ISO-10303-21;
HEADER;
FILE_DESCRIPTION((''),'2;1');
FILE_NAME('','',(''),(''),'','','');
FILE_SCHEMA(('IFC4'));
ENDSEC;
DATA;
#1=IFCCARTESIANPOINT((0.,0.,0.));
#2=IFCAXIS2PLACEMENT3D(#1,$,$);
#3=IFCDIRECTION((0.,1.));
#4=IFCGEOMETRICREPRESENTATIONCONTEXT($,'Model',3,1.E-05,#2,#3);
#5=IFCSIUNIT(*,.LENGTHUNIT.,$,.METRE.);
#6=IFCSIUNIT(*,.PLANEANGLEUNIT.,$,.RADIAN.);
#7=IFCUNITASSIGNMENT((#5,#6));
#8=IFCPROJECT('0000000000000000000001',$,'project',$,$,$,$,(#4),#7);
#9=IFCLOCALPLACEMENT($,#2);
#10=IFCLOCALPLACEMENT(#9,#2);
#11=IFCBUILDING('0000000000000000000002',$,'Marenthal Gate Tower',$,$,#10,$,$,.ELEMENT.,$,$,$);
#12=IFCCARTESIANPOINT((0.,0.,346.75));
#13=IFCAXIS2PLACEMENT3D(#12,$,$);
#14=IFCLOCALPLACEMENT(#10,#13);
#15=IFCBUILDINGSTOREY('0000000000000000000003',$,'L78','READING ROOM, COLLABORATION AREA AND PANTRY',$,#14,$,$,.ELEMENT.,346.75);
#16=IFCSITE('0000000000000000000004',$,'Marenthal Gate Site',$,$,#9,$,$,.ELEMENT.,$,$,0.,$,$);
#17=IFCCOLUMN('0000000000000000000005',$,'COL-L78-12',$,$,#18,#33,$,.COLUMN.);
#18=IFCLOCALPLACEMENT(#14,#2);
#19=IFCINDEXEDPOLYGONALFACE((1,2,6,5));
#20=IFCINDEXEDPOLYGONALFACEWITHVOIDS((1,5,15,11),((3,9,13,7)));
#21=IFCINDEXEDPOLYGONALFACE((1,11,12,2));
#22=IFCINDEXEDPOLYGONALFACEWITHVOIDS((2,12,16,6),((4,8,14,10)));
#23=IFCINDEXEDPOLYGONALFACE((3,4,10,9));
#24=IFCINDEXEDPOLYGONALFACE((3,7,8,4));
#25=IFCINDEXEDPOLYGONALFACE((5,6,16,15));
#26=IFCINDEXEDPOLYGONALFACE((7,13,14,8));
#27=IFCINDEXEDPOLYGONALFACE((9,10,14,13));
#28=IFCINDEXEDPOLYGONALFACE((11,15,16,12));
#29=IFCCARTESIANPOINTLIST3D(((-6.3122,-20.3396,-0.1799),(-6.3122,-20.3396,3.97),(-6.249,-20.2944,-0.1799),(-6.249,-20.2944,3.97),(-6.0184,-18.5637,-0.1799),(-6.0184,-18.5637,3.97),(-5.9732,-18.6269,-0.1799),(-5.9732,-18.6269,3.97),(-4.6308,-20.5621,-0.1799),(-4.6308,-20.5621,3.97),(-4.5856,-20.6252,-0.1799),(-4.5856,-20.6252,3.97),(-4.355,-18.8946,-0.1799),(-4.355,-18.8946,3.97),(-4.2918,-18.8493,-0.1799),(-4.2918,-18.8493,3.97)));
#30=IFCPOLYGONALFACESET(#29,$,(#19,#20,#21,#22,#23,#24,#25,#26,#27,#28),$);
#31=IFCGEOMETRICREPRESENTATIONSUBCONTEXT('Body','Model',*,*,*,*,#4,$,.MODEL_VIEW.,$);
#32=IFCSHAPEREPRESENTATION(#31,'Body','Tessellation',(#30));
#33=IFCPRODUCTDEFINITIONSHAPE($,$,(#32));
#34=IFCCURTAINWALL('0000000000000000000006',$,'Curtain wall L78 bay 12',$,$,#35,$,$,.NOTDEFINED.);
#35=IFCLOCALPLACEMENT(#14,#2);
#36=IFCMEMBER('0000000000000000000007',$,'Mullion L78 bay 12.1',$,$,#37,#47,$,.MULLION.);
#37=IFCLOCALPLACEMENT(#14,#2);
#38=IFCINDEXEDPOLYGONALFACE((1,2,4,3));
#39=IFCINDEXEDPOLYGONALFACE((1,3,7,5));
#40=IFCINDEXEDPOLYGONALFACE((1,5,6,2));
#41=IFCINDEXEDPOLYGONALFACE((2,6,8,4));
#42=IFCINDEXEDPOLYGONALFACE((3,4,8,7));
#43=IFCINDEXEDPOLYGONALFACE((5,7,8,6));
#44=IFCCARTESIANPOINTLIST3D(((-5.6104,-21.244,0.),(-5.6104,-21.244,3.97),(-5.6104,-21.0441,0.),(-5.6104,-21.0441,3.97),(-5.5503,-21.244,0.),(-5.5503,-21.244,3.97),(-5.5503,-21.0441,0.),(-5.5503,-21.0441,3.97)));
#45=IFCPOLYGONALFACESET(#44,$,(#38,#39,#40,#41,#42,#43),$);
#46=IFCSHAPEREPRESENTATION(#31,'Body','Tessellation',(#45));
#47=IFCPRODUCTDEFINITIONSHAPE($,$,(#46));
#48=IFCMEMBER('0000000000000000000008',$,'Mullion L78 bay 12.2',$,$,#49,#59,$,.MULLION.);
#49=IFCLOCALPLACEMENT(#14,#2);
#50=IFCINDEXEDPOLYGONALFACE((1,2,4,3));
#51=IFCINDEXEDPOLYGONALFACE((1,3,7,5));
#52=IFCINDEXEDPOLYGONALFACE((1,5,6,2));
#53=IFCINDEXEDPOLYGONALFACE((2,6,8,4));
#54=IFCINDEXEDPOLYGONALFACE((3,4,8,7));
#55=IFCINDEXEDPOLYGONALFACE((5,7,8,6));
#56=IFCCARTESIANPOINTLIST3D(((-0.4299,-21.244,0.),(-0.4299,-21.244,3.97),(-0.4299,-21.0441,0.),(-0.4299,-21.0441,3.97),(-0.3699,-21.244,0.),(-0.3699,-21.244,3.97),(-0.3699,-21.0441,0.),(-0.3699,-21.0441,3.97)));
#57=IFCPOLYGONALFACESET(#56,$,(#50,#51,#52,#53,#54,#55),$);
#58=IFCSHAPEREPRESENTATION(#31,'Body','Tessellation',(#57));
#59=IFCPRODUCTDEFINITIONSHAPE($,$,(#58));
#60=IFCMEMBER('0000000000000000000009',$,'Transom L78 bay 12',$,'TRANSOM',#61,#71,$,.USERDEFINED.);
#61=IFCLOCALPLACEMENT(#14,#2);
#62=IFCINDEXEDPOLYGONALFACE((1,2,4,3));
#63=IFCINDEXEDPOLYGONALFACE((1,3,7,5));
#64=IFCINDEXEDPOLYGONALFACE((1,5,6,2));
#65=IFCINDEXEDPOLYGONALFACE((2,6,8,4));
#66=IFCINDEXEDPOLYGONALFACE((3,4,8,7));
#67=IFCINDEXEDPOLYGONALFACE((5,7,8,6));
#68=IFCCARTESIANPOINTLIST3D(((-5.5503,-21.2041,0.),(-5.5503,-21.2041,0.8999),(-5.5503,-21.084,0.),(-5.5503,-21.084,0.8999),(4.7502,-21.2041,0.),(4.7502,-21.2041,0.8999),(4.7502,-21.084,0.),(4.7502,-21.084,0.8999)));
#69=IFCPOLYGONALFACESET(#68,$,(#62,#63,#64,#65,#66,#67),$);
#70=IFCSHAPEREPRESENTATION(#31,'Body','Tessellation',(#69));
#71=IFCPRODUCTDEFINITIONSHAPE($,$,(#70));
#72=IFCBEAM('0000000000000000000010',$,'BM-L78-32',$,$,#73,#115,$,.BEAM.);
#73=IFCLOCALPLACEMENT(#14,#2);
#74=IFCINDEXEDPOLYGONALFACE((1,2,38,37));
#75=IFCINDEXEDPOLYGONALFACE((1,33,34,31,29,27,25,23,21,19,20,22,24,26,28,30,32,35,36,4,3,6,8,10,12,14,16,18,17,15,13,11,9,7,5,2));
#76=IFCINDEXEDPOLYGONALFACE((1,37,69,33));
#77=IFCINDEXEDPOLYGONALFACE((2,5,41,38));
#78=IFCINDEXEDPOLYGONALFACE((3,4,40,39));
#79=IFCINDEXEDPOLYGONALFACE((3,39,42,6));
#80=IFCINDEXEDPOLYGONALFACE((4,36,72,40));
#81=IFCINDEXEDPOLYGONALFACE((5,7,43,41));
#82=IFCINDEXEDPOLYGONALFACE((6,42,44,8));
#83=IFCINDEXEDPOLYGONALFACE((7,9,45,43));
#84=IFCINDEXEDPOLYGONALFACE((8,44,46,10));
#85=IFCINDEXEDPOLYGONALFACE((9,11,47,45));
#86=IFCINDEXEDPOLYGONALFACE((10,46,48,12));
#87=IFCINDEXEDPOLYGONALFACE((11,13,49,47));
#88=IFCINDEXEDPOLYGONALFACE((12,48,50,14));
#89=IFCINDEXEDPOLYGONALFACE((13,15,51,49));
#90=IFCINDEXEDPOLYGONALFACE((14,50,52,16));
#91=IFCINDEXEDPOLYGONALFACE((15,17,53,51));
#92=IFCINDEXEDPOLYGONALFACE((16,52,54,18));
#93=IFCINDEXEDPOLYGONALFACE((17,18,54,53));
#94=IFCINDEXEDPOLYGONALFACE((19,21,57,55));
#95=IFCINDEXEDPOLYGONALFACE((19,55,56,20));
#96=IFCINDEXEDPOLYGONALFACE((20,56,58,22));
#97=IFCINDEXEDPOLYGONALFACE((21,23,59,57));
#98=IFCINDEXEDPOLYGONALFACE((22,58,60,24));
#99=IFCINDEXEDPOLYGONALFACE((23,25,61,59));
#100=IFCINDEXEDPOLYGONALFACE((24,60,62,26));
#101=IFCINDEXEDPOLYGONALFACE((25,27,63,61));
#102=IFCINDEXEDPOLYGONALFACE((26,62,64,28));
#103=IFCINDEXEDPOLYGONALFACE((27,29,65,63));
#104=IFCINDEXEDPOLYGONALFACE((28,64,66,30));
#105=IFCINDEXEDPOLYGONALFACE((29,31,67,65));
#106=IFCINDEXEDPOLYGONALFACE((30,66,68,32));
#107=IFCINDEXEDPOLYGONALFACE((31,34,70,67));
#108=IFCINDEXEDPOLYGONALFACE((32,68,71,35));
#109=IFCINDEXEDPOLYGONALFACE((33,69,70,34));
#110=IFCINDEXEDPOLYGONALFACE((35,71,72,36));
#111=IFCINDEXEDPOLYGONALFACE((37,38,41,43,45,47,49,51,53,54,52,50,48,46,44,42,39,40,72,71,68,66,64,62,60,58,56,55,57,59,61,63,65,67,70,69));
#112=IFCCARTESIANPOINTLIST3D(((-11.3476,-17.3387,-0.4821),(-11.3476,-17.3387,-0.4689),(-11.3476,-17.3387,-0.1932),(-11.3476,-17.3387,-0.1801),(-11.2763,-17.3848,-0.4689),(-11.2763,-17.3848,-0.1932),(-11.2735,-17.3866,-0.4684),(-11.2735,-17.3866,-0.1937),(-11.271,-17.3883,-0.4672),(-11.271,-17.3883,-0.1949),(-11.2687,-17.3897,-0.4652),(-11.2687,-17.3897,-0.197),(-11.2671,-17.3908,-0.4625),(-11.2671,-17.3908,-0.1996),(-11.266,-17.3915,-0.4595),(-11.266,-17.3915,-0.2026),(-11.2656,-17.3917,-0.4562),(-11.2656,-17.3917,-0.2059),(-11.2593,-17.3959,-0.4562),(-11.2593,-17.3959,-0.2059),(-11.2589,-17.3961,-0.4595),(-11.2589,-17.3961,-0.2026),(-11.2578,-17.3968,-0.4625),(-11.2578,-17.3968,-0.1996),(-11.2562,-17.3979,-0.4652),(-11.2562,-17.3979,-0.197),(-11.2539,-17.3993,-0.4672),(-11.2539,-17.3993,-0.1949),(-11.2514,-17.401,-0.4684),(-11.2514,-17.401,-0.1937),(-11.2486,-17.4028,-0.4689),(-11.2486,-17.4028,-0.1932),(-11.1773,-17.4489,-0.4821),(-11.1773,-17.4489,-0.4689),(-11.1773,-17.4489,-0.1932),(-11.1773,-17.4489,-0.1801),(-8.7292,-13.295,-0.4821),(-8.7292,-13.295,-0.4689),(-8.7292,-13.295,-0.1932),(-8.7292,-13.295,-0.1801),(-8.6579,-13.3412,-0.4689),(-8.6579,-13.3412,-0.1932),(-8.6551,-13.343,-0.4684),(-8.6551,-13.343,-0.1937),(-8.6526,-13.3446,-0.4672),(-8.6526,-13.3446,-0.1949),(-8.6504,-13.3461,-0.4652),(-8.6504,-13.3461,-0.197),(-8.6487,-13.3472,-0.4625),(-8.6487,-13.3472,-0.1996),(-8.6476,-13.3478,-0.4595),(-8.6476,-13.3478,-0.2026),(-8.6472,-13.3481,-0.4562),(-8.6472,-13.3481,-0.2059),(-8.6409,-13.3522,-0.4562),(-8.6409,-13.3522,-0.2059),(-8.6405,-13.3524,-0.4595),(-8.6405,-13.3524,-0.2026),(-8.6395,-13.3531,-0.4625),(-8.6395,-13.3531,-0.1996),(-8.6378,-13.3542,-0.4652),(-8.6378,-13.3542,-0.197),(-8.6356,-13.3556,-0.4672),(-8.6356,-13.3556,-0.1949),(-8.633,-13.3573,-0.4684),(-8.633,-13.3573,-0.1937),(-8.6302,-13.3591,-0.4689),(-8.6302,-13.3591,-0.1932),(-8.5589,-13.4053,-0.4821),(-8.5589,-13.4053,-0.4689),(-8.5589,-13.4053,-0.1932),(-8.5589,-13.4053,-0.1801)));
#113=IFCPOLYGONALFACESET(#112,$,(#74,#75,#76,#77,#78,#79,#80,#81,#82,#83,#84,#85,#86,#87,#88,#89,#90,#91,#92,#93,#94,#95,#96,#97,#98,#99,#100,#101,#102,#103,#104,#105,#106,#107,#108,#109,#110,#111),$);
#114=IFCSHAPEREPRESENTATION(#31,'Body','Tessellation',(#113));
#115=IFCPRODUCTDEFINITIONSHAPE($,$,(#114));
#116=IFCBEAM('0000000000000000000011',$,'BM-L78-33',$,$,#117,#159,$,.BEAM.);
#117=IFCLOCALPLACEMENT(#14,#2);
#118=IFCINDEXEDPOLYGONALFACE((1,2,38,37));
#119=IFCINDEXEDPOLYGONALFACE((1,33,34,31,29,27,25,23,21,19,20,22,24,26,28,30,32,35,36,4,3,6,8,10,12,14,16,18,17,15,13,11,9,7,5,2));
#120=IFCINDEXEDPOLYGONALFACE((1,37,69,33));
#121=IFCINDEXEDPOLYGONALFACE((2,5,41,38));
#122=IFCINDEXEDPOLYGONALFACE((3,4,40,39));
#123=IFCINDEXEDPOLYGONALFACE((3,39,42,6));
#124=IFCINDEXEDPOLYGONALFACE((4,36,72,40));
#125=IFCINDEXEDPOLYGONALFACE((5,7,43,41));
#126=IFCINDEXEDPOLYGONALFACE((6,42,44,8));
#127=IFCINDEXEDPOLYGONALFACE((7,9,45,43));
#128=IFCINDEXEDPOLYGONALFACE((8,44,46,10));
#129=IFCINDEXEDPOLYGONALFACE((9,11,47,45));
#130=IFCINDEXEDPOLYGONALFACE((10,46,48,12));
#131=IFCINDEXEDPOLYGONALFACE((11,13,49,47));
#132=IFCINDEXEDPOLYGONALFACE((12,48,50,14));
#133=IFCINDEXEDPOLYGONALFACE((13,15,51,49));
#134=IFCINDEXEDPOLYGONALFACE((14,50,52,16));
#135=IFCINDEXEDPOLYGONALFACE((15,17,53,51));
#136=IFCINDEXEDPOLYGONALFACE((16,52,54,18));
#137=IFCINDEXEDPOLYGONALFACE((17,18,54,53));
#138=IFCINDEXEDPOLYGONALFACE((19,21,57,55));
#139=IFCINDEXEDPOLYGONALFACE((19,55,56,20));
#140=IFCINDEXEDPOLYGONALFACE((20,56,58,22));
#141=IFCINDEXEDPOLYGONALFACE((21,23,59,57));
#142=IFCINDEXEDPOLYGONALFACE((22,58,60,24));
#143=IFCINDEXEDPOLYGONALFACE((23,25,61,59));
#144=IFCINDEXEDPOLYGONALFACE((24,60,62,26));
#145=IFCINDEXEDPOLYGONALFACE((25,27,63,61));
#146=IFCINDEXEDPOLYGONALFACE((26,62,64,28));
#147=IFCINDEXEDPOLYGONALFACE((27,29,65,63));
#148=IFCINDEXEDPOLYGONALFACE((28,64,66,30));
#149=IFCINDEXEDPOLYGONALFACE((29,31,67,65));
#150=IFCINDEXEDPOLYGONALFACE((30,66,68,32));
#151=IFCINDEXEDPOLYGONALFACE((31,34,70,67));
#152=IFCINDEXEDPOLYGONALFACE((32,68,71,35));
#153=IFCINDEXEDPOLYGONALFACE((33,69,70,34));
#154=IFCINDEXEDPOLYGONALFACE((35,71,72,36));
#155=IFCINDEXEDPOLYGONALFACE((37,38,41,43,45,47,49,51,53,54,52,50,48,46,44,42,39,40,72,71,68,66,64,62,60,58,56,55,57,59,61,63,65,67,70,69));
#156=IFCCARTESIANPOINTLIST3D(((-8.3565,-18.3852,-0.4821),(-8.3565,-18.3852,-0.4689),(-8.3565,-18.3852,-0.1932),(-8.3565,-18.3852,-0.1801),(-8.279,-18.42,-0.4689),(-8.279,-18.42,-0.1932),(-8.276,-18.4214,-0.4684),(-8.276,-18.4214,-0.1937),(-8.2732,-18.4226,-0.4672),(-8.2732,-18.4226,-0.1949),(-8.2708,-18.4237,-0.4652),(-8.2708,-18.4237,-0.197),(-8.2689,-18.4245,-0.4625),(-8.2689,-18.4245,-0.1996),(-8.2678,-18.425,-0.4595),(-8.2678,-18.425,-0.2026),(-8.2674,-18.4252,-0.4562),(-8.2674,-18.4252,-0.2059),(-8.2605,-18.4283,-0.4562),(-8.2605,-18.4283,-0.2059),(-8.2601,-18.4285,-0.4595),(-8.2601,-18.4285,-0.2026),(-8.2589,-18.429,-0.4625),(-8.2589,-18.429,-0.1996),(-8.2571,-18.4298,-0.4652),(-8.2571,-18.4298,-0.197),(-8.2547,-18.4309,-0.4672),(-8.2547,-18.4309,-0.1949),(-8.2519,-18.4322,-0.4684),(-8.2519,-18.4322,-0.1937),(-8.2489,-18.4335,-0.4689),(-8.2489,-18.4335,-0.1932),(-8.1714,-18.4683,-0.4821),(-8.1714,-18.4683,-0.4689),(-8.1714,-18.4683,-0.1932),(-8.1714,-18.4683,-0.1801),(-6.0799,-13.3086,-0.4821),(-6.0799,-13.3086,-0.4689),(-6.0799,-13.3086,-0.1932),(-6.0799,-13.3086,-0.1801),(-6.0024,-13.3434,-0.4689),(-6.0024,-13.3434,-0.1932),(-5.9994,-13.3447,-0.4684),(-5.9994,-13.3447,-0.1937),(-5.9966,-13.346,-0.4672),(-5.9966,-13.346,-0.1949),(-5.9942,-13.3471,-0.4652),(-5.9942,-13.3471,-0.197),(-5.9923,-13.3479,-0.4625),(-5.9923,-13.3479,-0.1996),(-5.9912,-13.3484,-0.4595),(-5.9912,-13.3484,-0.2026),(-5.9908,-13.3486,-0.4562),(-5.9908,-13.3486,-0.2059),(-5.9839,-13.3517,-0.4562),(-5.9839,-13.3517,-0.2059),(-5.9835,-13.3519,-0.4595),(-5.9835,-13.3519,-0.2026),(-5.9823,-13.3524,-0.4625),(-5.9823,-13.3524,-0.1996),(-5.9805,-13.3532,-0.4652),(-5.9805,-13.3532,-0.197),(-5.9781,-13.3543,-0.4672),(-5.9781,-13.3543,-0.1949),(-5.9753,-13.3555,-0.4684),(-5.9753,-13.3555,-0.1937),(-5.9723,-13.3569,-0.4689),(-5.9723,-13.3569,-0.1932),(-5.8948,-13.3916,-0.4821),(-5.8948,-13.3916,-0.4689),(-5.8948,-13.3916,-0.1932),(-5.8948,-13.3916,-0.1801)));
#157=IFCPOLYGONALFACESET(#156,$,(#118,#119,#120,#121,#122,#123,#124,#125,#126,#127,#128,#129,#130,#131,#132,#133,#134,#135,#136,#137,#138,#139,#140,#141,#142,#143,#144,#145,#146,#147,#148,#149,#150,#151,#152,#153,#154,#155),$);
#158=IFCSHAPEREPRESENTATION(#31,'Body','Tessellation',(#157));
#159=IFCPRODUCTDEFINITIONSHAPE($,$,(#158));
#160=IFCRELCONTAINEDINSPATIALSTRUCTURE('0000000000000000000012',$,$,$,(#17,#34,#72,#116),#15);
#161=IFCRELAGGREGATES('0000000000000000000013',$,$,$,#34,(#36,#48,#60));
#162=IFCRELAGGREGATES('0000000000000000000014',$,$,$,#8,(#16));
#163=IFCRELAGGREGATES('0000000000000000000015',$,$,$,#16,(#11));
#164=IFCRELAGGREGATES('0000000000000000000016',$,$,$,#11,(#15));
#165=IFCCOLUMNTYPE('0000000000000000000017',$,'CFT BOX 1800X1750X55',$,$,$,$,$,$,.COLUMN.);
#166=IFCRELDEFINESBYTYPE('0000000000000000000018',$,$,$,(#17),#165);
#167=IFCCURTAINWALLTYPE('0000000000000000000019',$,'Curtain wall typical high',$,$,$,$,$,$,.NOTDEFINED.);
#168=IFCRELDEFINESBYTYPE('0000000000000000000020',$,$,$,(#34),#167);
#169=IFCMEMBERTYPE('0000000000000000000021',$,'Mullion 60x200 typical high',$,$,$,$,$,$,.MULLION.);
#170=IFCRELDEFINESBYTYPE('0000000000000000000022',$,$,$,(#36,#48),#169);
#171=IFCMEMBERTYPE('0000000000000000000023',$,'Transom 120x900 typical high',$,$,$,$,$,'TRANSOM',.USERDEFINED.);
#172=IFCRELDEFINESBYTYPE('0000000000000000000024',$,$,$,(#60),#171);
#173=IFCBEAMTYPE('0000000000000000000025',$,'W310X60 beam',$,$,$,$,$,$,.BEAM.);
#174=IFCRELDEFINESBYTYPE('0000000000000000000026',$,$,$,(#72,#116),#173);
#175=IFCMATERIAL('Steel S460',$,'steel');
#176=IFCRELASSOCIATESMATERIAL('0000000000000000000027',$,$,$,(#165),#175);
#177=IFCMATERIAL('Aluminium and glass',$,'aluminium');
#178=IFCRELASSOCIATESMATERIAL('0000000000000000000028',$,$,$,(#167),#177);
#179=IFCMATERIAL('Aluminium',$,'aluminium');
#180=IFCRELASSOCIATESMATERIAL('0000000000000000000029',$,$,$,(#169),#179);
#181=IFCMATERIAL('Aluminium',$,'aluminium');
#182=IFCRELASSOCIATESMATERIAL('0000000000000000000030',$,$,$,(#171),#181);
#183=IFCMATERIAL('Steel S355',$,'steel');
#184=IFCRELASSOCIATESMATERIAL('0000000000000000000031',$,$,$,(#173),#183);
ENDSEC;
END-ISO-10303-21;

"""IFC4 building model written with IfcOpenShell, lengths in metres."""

from ifc_helpers import new_model, si_unit, direction, frame, origin, origin_2d, place, context, subcontext, project, spatial, rectangle, hollow_rectangle, i_section, extrude, material, material_profile, profile_set, type_object, element, aggregate, save


model = new_model("IFC4")

# Units and contexts
model_context = context("Model", 3, precision=1e-05, world=origin(), true_north=direction((0.0, 1.0)))
body_context = subcontext(model_context, "Body", "Model", "MODEL_VIEW")
ifc_project = project(units=[si_unit("LENGTHUNIT", "METRE"), si_unit("PLANEANGLEUNIT", "RADIAN")], contexts=[model_context])

# Site, building, storey
site_placement = place(None, origin())
site = spatial("IfcSite", under=ifc_project, at=site_placement, Name="Marenthal Gate Site", CompositionType="ELEMENT", RefElevation=0.0)
building_placement = place(site_placement, origin())
building = spatial("IfcBuilding", under=site, at=building_placement, Name="Marenthal Gate Tower", CompositionType="ELEMENT")
storey_placement = place(building_placement, frame((0.0, 0.0, 346.75)))
storey = spatial("IfcBuildingStorey", under=building, at=storey_placement, Name="L78", Description="READING ROOM, COLLABORATION AREA AND PANTRY", CompositionType="ELEMENT", Elevation=346.75)

# Column
ifc_material_1 = material(Name="Steel S460", Category="steel")
ifc_material_profile_1 = material_profile(ifc_material_1, hollow_rectangle(XDim=1.75, YDim=1.8, WallThickness=0.0549, at=origin_2d()), Name="CFT BOX 1800X1750X55")
ifc_material_2 = material(Name="Concrete 70 MPa", Category="concrete")
ifc_material_profile_2 = material_profile(ifc_material_2, rectangle(XDim=1.6399, YDim=1.6899, at=origin_2d()), Name="CFT BOX 1800X1750X55 INFILL")
ifc_profile_set_1 = profile_set([ifc_material_profile_1, ifc_material_profile_2], Name="Steel S460 shell, Concrete 70 MPa infill")
column_type = type_object("IfcColumnType", Name="CFT BOX 1800X1750X55", PredefinedType="COLUMN", material=ifc_profile_set_1)
column_placement = place(storey_placement, frame((-5.302, -19.5945, -0.1799), z_axis=(0.0, 0.0, 1.0), x_axis=(-0.986593, 0.1632, 0.0)))
element("IfcColumn", 1, at=column_placement, inside=storey, type_object=column_type, Name="COL-L78-12", PredefinedType="COLUMN", context=body_context, shape_type="SweptSolid", body=[
    extrude(hollow_rectangle(XDim=1.75, YDim=1.8, WallThickness=0.0549, at=origin_2d()), origin(), (0.0, 0.0, 1.0), 4.1499),
])

# Curtain wall, members
ifc_material_3 = material(Name="Aluminium and glass", Category="aluminium")
curtain_wall_type = type_object("IfcCurtainWallType", Name="Curtain wall typical high", PredefinedType="NOTDEFINED", material=ifc_material_3)
curtain_wall_placement = place(storey_placement, origin())
curtain_wall = element("IfcCurtainWall", 2, at=curtain_wall_placement, inside=storey, type_object=curtain_wall_type, Name="Curtain wall L78 bay 12", PredefinedType="NOTDEFINED")
ifc_material_4 = material(Name="Aluminium", Category="aluminium")
ifc_material_profile_3 = material_profile(ifc_material_4, rectangle(XDim=0.2, YDim=0.0601, at=origin_2d()), Name="60x200 aluminium mullion")
ifc_profile_set_2 = profile_set([ifc_material_profile_3], Name="Aluminium")
member_type_1 = type_object("IfcMemberType", Name="Mullion 60x200 typical high", PredefinedType="MULLION", material=ifc_profile_set_2)
member_1_placement = place(storey_placement, frame((-5.5803, -21.144, 0.0), z_axis=(0.0, 0.0, 1.0), x_axis=(0.0, 1.0, 0.0)))
member_1 = element("IfcMember", 3, at=member_1_placement, type_object=member_type_1, Name="Mullion L78 bay 12.1", PredefinedType="MULLION", context=body_context, shape_type="SweptSolid", body=[
    extrude(rectangle(XDim=0.2, YDim=0.0601, at=origin_2d()), origin(), (0.0, 0.0, 1.0), 3.97),
])
member_2_placement = place(storey_placement, frame((-0.3999, -21.144, 0.0), z_axis=(0.0, 0.0, 1.0), x_axis=(0.0, 1.0, 0.0)))
member_2 = element("IfcMember", 4, at=member_2_placement, type_object=member_type_1, Name="Mullion L78 bay 12.2", PredefinedType="MULLION", context=body_context, shape_type="SweptSolid", body=[
    extrude(rectangle(XDim=0.2, YDim=0.0601, at=origin_2d()), origin(), (0.0, 0.0, 1.0), 3.97),
])
ifc_material_5 = material(Name="Aluminium", Category="aluminium")
ifc_material_profile_4 = material_profile(ifc_material_5, rectangle(XDim=0.1201, YDim=0.8999, at=origin_2d()), Name="120x900 aluminium transom")
ifc_profile_set_3 = profile_set([ifc_material_profile_4], Name="Aluminium")
member_type_2 = type_object("IfcMemberType", Name="Transom 120x900 typical high", ElementType="TRANSOM", PredefinedType="USERDEFINED", material=ifc_profile_set_3)
member_3_placement = place(storey_placement, frame((-5.5503, -21.144, 0.45), z_axis=(1.0, 0.0, 0.0), x_axis=(0.0, 1.0, 0.0)))
member_3 = element("IfcMember", 5, at=member_3_placement, type_object=member_type_2, Name="Transom L78 bay 12", ObjectType="TRANSOM", PredefinedType="USERDEFINED", context=body_context, shape_type="SweptSolid", body=[
    extrude(rectangle(XDim=0.1201, YDim=0.8999, at=origin_2d()), origin(), (0.0, 0.0, 1.0), 10.3005),
])

# Beams
ifc_material_6 = material(Name="Steel S355", Category="steel")
ifc_material_profile_5 = material_profile(ifc_material_6, i_section(OverallWidth=0.2029, OverallDepth=0.302, WebThickness=0.0076, FlangeThickness=0.0132, FilletRadius=0.0127, at=origin_2d()), Name="W310X60")
ifc_profile_set_4 = profile_set([ifc_material_profile_5], Name="Steel S355")
beam_type_1 = type_object("IfcBeamType", Name="W310X60 beam", PredefinedType="BEAM", material=ifc_profile_set_4)
beam_1_placement = place(storey_placement, frame((-11.2625, -17.3938, -0.3311), z_axis=(0.543529, 0.839391, 0.0), x_axis=(-0.839391, 0.543529, 0.0)))
element("IfcBeam", 6, at=beam_1_placement, inside=storey, type_object=beam_type_1, Name="BM-L78-32", PredefinedType="BEAM", context=body_context, shape_type="SweptSolid", body=[
    extrude(i_section(OverallWidth=0.2029, OverallDepth=0.302, WebThickness=0.0076, FlangeThickness=0.0132, FilletRadius=0.0127, at=origin_2d()), origin(), (0.0, 0.0, 1.0), 4.8174),
])
beam_2_placement = place(storey_placement, frame((-8.2639, -18.4268, -0.3311), z_axis=(0.409186, 0.912451, 0.0), x_axis=(-0.912451, 0.409186, 0.0)))
element("IfcBeam", 7, at=beam_2_placement, inside=storey, type_object=beam_type_1, Name="BM-L78-33", PredefinedType="BEAM", context=body_context, shape_type="SweptSolid", body=[
    extrude(i_section(OverallWidth=0.2029, OverallDepth=0.302, WebThickness=0.0076, FlangeThickness=0.0132, FilletRadius=0.0127, at=origin_2d()), origin(), (0.0, 0.0, 1.0), 5.5637),
])

aggregate(curtain_wall, [member_1, member_2, member_3])

save(model, "model.ifc")
